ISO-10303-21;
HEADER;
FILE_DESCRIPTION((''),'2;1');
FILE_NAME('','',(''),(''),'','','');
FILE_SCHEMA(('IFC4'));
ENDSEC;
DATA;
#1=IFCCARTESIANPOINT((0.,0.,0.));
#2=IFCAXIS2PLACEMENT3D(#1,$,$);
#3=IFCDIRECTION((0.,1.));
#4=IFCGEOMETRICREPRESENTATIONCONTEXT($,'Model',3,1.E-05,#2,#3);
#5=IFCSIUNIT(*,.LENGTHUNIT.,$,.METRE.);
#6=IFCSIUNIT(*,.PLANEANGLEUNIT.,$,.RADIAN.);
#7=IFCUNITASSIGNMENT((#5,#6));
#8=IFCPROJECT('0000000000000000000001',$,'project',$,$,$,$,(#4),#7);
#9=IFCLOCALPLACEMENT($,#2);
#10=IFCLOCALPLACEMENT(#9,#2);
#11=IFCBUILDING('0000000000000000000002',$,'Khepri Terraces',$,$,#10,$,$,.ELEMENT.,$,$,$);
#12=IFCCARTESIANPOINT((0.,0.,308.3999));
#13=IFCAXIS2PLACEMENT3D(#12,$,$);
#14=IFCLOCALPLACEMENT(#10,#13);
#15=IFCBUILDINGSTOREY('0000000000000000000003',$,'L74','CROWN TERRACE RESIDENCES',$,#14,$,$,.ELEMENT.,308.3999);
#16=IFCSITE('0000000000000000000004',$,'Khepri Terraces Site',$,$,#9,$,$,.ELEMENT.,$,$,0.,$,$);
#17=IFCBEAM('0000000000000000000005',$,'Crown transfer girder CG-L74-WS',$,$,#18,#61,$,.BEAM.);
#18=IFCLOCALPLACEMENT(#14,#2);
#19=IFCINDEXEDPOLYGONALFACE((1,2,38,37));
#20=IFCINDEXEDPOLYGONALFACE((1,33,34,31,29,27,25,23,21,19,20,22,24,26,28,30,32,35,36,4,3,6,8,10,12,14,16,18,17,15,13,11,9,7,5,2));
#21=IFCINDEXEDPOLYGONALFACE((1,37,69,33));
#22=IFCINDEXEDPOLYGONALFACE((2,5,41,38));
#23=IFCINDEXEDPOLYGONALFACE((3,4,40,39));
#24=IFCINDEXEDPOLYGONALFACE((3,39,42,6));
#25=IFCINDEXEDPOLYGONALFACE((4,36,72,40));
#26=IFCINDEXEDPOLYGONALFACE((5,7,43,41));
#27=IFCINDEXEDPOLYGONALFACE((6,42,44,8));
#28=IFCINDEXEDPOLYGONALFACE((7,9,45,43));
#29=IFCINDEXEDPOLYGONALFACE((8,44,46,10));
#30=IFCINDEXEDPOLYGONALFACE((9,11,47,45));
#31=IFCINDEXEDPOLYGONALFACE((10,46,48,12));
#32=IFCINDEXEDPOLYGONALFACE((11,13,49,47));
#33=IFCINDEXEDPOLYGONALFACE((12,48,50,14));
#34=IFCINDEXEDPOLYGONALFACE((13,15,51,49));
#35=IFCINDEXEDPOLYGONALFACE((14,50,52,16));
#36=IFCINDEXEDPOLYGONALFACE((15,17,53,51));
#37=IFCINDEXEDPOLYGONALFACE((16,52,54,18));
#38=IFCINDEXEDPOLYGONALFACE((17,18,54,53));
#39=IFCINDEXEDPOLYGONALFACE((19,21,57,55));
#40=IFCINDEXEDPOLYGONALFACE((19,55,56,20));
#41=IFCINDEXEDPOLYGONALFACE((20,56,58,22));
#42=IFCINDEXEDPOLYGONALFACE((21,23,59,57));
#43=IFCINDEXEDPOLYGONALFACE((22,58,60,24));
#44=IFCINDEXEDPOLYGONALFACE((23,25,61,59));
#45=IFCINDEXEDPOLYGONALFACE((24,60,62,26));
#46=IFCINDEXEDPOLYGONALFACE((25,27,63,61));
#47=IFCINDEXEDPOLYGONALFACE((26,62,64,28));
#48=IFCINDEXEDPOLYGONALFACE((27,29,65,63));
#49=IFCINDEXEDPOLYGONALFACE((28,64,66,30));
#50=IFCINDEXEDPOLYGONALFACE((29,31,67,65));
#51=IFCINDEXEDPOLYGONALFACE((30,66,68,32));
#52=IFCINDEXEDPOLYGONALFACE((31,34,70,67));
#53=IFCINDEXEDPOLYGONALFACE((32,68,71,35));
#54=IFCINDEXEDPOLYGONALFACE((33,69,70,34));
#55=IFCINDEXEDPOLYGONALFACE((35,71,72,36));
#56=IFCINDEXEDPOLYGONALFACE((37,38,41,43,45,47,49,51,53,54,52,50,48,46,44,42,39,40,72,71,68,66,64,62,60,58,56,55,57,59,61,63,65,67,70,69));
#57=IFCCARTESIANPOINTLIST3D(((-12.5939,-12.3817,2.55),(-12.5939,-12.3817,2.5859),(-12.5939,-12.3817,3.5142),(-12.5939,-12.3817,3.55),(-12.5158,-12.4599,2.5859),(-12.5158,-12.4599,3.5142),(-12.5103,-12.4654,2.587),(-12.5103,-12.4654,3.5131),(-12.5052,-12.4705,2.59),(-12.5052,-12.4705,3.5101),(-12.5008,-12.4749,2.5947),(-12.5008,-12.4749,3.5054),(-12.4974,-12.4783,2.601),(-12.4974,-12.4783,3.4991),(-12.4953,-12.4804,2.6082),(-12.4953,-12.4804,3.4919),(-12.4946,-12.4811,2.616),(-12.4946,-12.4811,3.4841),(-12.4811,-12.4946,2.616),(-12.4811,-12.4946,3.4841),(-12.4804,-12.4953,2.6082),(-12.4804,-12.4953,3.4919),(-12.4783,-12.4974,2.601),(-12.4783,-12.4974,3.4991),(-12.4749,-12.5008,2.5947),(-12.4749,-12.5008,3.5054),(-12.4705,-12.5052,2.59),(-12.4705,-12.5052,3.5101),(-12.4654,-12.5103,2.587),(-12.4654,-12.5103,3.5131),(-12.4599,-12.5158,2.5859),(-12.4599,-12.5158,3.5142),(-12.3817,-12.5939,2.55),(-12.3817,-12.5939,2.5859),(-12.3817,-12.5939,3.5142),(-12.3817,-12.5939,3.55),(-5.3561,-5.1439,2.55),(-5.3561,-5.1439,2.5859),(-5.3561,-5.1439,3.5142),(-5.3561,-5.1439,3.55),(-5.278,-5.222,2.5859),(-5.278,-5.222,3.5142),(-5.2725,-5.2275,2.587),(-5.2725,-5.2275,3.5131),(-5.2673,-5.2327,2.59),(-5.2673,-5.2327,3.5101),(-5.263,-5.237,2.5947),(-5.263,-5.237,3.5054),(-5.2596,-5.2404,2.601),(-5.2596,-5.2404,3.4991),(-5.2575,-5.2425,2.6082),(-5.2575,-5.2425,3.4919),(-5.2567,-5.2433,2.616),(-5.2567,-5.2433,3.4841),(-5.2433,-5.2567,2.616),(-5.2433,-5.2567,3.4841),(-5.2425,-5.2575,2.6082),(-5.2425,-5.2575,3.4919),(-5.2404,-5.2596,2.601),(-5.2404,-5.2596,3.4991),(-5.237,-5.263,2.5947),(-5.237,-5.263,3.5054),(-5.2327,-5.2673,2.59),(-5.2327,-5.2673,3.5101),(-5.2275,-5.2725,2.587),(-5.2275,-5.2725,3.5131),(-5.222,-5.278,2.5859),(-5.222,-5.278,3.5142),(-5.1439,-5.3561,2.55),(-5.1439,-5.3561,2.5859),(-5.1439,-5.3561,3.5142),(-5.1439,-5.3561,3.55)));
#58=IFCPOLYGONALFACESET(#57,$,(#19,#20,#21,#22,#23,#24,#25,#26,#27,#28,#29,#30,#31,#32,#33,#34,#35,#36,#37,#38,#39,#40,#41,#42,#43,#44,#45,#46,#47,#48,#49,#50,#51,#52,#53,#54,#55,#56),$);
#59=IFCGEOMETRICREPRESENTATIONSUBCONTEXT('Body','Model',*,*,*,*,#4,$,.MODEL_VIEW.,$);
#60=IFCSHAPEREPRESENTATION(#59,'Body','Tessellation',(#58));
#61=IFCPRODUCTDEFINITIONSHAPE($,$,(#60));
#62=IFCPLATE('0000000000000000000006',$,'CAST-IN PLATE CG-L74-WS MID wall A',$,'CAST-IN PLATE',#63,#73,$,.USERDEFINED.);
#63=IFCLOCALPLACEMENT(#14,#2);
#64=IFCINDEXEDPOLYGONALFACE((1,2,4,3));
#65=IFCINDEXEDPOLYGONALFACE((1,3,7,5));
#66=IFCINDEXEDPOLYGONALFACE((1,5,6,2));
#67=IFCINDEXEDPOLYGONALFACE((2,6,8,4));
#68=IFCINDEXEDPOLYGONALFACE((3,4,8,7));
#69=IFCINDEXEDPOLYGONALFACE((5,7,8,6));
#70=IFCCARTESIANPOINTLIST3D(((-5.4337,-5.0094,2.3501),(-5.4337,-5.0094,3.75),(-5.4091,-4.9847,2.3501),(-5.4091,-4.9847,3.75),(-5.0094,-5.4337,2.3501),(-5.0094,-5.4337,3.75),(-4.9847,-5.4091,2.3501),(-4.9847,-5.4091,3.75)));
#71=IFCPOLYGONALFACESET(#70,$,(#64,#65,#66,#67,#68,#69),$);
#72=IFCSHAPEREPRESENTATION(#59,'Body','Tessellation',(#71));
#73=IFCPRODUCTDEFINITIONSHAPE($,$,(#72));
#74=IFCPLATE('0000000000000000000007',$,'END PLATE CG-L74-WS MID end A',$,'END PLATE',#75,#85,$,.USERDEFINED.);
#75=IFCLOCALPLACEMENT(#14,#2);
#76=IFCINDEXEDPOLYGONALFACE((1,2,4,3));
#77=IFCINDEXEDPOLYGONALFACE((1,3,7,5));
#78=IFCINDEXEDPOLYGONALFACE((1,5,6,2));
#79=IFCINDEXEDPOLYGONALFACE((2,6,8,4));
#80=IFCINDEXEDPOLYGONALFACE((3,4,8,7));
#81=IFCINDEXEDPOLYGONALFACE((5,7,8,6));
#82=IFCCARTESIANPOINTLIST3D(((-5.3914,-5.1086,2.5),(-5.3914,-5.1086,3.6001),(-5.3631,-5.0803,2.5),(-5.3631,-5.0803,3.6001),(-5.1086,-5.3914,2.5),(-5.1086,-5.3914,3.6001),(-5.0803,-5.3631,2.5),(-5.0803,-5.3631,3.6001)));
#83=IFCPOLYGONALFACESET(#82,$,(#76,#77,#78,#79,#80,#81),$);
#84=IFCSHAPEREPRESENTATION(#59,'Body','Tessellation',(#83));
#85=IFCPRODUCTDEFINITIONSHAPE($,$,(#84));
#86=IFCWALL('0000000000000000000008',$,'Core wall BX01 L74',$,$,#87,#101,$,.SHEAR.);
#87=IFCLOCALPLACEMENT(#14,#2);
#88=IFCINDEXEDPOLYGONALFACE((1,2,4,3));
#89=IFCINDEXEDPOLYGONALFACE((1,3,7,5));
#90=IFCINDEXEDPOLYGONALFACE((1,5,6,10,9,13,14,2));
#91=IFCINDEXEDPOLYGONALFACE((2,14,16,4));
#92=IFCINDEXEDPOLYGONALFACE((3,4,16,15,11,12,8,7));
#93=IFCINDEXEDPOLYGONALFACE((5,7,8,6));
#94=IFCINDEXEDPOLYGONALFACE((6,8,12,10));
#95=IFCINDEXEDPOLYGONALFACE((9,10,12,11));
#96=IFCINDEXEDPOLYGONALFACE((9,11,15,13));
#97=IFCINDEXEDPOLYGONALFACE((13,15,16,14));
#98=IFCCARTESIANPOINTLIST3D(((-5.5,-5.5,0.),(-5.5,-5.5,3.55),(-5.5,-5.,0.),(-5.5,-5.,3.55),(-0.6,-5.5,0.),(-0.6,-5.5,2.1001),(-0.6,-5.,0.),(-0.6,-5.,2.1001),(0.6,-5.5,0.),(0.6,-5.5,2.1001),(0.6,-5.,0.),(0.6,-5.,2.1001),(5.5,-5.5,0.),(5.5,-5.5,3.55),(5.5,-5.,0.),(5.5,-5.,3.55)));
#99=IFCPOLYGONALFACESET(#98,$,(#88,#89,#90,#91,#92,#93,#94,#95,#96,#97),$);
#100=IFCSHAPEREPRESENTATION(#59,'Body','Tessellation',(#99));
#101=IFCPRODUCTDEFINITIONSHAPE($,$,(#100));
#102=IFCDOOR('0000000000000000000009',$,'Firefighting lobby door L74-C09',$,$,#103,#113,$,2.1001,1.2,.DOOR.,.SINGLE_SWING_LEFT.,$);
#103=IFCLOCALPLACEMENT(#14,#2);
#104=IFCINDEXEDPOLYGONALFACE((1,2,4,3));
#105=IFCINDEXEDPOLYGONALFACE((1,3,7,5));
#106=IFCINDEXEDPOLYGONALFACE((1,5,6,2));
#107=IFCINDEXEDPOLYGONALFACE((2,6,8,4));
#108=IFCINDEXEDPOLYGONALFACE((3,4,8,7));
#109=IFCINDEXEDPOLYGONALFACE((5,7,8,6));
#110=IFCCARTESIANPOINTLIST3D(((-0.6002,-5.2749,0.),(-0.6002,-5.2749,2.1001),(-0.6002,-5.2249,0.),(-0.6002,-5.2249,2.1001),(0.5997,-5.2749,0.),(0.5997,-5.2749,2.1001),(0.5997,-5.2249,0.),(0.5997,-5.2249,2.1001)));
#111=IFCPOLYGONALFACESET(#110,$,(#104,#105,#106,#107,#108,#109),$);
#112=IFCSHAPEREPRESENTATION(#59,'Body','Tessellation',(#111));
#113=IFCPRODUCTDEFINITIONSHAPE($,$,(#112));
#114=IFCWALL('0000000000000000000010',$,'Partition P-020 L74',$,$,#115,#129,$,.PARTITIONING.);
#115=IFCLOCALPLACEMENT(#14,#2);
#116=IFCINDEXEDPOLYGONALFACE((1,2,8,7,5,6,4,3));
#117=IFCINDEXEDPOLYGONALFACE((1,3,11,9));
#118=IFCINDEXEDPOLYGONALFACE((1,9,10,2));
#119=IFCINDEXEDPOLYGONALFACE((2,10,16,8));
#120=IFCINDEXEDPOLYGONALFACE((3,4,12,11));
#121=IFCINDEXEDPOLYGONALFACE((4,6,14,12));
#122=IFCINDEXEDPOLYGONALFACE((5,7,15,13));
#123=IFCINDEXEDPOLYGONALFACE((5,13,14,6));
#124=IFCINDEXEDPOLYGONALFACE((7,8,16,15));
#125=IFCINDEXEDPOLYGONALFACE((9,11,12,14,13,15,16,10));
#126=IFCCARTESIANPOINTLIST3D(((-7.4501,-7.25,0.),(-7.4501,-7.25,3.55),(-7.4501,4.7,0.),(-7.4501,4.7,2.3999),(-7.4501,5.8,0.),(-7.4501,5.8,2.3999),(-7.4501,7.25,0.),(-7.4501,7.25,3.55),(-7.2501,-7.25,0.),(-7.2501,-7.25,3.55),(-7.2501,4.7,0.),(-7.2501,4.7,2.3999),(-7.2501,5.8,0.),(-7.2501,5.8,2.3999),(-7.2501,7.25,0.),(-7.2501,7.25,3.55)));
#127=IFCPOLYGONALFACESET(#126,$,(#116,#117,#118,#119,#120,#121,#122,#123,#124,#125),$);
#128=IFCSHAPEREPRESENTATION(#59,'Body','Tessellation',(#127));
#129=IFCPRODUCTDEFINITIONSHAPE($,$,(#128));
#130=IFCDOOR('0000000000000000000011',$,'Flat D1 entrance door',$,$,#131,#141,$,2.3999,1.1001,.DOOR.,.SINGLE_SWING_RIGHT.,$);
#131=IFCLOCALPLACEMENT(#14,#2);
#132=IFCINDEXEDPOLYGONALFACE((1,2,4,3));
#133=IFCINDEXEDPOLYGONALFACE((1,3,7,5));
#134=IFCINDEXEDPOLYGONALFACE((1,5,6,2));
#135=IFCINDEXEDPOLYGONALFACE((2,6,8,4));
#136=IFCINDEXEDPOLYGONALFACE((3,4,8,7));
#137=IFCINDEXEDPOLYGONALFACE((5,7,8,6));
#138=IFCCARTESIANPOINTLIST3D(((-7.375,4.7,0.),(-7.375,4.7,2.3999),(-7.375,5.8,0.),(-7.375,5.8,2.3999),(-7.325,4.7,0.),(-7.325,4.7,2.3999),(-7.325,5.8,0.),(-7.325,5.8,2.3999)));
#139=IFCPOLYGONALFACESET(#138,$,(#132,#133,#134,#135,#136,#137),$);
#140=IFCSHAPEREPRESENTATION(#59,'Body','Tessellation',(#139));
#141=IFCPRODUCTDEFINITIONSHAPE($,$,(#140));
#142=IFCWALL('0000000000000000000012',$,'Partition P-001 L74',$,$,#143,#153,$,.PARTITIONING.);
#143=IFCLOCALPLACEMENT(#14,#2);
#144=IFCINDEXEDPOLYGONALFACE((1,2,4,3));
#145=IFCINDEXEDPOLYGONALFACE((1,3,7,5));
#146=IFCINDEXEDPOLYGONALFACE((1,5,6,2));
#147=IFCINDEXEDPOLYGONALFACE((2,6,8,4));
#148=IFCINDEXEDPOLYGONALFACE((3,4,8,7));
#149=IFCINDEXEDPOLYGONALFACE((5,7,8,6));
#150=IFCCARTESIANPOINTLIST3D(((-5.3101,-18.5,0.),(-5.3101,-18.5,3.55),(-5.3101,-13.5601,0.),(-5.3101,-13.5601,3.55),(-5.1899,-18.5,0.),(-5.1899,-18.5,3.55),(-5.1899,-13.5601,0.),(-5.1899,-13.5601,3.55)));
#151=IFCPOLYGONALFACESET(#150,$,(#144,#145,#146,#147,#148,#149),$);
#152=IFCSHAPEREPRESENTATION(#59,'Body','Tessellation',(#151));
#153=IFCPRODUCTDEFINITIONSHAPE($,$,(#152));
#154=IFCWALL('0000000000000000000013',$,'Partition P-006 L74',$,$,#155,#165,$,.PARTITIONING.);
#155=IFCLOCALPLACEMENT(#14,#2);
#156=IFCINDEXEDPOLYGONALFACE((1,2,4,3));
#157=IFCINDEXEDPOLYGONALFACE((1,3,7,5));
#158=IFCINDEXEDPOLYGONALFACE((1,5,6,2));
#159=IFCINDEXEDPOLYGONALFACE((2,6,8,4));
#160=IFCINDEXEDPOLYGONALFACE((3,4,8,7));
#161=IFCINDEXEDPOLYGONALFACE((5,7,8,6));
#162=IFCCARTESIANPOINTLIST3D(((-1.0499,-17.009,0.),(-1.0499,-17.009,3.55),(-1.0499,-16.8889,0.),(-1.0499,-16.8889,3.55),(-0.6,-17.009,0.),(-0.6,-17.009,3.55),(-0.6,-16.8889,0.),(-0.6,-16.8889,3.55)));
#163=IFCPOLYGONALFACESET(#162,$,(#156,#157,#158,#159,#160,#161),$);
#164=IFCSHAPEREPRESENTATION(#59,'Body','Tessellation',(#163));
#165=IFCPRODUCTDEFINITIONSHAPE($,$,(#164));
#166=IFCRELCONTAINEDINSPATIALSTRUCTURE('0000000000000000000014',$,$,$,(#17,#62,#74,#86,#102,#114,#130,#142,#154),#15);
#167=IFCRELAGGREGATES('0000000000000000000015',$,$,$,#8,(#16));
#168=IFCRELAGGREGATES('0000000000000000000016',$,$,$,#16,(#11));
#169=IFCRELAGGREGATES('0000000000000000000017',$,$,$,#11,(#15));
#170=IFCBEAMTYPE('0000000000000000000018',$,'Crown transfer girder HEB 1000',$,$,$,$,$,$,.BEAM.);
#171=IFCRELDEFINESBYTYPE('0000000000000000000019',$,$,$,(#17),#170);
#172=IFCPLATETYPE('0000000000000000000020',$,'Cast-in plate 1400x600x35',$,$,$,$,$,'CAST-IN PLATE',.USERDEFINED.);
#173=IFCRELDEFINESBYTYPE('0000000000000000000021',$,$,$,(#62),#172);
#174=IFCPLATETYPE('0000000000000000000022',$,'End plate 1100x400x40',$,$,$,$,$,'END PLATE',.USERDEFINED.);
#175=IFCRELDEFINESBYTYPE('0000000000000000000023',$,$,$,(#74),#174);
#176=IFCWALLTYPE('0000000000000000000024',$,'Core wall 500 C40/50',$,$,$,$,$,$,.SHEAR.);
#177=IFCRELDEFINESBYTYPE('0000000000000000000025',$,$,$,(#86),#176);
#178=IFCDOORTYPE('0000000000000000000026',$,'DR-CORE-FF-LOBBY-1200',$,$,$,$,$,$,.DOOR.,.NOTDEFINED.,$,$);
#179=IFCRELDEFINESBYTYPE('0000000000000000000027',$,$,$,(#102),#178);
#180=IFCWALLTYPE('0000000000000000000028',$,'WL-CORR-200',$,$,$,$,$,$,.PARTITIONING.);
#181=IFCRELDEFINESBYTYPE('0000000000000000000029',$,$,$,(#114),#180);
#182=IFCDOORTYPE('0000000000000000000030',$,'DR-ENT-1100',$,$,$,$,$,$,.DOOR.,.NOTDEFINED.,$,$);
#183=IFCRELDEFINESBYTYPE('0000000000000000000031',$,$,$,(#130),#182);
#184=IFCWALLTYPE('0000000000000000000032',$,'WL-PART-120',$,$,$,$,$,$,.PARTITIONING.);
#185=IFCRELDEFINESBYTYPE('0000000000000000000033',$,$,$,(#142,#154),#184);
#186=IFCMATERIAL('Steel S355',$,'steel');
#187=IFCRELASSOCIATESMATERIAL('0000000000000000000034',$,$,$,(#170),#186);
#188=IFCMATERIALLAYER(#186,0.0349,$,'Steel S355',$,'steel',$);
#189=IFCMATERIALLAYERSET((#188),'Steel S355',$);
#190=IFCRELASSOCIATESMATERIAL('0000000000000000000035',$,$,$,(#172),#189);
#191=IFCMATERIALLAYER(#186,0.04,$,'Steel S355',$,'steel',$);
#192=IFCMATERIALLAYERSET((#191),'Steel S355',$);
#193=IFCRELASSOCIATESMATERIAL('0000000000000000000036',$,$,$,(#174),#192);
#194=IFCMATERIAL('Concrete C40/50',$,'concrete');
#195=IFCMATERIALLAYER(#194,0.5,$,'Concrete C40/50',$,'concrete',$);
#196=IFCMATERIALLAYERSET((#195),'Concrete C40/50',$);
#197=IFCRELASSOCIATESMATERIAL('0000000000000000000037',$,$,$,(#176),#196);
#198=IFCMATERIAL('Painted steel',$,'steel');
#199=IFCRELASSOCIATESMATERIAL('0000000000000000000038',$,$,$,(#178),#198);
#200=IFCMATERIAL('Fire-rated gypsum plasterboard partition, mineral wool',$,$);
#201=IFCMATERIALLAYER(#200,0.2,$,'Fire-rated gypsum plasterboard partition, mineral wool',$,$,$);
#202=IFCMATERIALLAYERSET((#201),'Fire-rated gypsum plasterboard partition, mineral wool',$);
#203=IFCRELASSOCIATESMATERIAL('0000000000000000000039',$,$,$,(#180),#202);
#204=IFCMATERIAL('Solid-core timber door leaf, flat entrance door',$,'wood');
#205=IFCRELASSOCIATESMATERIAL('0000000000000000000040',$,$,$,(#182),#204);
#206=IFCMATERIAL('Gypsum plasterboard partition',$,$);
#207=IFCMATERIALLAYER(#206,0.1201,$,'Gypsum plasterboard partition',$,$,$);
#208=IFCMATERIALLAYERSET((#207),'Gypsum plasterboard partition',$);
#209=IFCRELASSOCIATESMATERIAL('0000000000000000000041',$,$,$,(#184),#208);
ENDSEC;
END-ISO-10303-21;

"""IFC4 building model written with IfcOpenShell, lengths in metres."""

from ifc_helpers import new_model, si_unit, direction, frame, frame_2d, origin, origin_2d, place, context, subcontext, project, spatial, rectangle, i_section, extrude, material, layer, layer_set, material_profile, profile_set, type_object, element, fill, save


model = new_model("IFC4")

# Units and contexts
model_context = context("Model", 3, precision=1e-05, world=origin(), true_north=direction((0.0, 1.0)))
body_context = subcontext(model_context, "Body", "Model", "MODEL_VIEW")
ifc_project = project(units=[si_unit("LENGTHUNIT", "METRE"), si_unit("PLANEANGLEUNIT", "RADIAN")], contexts=[model_context])

# Site, building, storey
site_placement = place(None, origin())
site = spatial("IfcSite", under=ifc_project, at=site_placement, Name="Khepri Terraces Site", CompositionType="ELEMENT", RefElevation=0.0)
building_placement = place(site_placement, origin())
building = spatial("IfcBuilding", under=site, at=building_placement, Name="Khepri Terraces", CompositionType="ELEMENT")
storey_placement = place(building_placement, frame((0.0, 0.0, 308.3999)))
storey = spatial("IfcBuildingStorey", under=building, at=storey_placement, Name="L74", Description="CROWN TERRACE RESIDENCES", CompositionType="ELEMENT", Elevation=308.3999)

# Beam
ifc_material_1 = material(Name="Steel S355", Category="steel")
ifc_material_profile = material_profile(ifc_material_1, i_section(OverallWidth=0.3, OverallDepth=1.0, WebThickness=0.019, FlangeThickness=0.0359, FilletRadius=0.03, at=origin_2d()), Name="Steel S355", Category="steel")
ifc_profile_set = profile_set([ifc_material_profile], Name="Steel S355")
beam_type = type_object("IfcBeamType", Name="Crown transfer girder HEB 1000", PredefinedType="BEAM", material=ifc_profile_set)
beam_placement = place(storey_placement, frame((-5.25, -5.25, 3.05), z_axis=(-0.707107, -0.707107, 0.0), x_axis=(0.707107, -0.707107, 0.0)))
element("IfcBeam", 1, at=beam_placement, inside=storey, type_object=beam_type, Name="Crown transfer girder CG-L74-WS", PredefinedType="BEAM", context=body_context, shape_type="SweptSolid", body=[
    extrude(i_section(OverallWidth=0.3, OverallDepth=1.0, WebThickness=0.019, FlangeThickness=0.0359, FilletRadius=0.03, at=origin_2d()), origin(), (0.0, 0.0, 1.0), 10.2358),
])

# Plates
ifc_layer_1 = layer(ifc_material_1, 0.0349, Name="Steel S355", Category="steel")
ifc_layer_set_1 = layer_set([ifc_layer_1], Name="Steel S355")
plate_type_1 = type_object("IfcPlateType", Name="Cast-in plate 1400x600x35", ElementType="CAST-IN PLATE", PredefinedType="USERDEFINED", material=ifc_layer_set_1)
plate_1_placement = place(storey_placement, frame((-5.2092, -5.2092, 2.3501), z_axis=(0.0, 0.0, 1.0), x_axis=(-0.707107, -0.707107, 0.0)))
element("IfcPlate", 2, at=plate_1_placement, inside=storey, type_object=plate_type_1, Name="CAST-IN PLATE CG-L74-WS MID wall A", ObjectType="CAST-IN PLATE", PredefinedType="USERDEFINED", context=body_context, shape_type="SweptSolid", body=[
    extrude(rectangle(XDim=0.0349, YDim=0.6001, at=origin_2d()), origin(), (0.0, 0.0, 1.0), 1.3999),
])
ifc_layer_2 = layer(ifc_material_1, 0.04, Name="Steel S355", Category="steel")
ifc_layer_set_2 = layer_set([ifc_layer_2], Name="Steel S355")
plate_type_2 = type_object("IfcPlateType", Name="End plate 1100x400x40", ElementType="END PLATE", PredefinedType="USERDEFINED", material=ifc_layer_set_2)
plate_2_placement = place(storey_placement, frame((-5.2358, -5.2358, 2.5), z_axis=(0.0, 0.0, 1.0), x_axis=(-0.707107, -0.707107, 0.0)))
element("IfcPlate", 3, at=plate_2_placement, inside=storey, type_object=plate_type_2, Name="END PLATE CG-L74-WS MID end A", ObjectType="END PLATE", PredefinedType="USERDEFINED", context=body_context, shape_type="SweptSolid", body=[
    extrude(rectangle(XDim=0.04, YDim=0.3999, at=origin_2d()), origin(), (0.0, 0.0, 1.0), 1.1001),
])

# Walls, openings, doors
ifc_material_2 = material(Name="Concrete C40/50", Category="concrete")
ifc_layer_3 = layer(ifc_material_2, 0.5, Name="Concrete C40/50", Category="concrete")
ifc_layer_set_3 = layer_set([ifc_layer_3], Name="Concrete C40/50")
wall_type_1 = type_object("IfcWallType", Name="Core wall 500 C40/50", PredefinedType="SHEAR", material=ifc_layer_set_3)
wall_1_placement = place(storey_placement, frame((-5.5, -5.25, 0.0), z_axis=(0.0, 0.0, 1.0), x_axis=(1.0, 0.0, 0.0)))
wall_1 = element("IfcWall", 4, at=wall_1_placement, inside=storey, type_object=wall_type_1, Name="Core wall BX01 L74", PredefinedType="SHEAR", context=body_context, shape_type="SweptSolid", body=[
    extrude(rectangle(XDim=11.0, YDim=0.5, at=frame_2d((5.5, 0.0))), origin(), (0.0, 0.0, 1.0), 3.55),
])
opening_1_placement = place(wall_1_placement, frame((4.8999, 0.0, 0.0)))
opening_1 = element("IfcOpeningElement", 5, at=opening_1_placement, cuts=wall_1, PredefinedType="OPENING", context=body_context, shape_type="SweptSolid", body=[
    extrude(rectangle(XDim=1.2, YDim=2.1001, at=frame_2d((0.6001, 1.05))), frame((0.0, 0.26, 0.0), z_axis=(0.0, -1.0, 0.0), x_axis=(1.0, 0.0, 0.0)), (0.0, 0.0, 1.0), 0.52),
])
ifc_material_3 = material(Name="Painted steel", Category="steel")
door_type_1 = type_object("IfcDoorType", Name="DR-CORE-FF-LOBBY-1200", OperationType="NOTDEFINED", PredefinedType="DOOR", material=ifc_material_3)
door_1_placement = place(opening_1_placement, frame((1.2, 0.0, 0.0), z_axis=(0.0, 0.0, 1.0), x_axis=(-1.0, 0.0, 0.0)))
door_1 = element("IfcDoor", 6, at=door_1_placement, inside=storey, type_object=door_type_1, Name="Firefighting lobby door L74-C09", OperationType="SINGLE_SWING_LEFT", OverallHeight=2.1001, OverallWidth=1.2, PredefinedType="DOOR", context=body_context, shape_type="SweptSolid", body=[
    extrude(rectangle(XDim=1.2, YDim=2.1001, at=frame_2d((0.6001, 1.05))), frame((0.0, 0.0249, 0.0), z_axis=(0.0, -1.0, 0.0), x_axis=(1.0, 0.0, 0.0)), (0.0, 0.0, 1.0), 0.05),
])
fill(opening_1, door_1)
ifc_material_4 = material(Name="Fire-rated gypsum plasterboard partition, mineral wool")
ifc_layer_4 = layer(ifc_material_4, 0.2, Name="Fire-rated gypsum plasterboard partition, mineral wool")
ifc_layer_set_4 = layer_set([ifc_layer_4], Name="Fire-rated gypsum plasterboard partition, mineral wool")
wall_type_2 = type_object("IfcWallType", Name="WL-CORR-200", PredefinedType="PARTITIONING", material=ifc_layer_set_4)
wall_2_placement = place(storey_placement, frame((-7.3501, -7.25, 0.0), z_axis=(0.0, 0.0, 1.0), x_axis=(0.0, 1.0, 0.0)))
wall_2 = element("IfcWall", 7, at=wall_2_placement, inside=storey, type_object=wall_type_2, Name="Partition P-020 L74", PredefinedType="PARTITIONING", context=body_context, shape_type="SweptSolid", body=[
    extrude(rectangle(XDim=14.5, YDim=0.2, at=frame_2d((7.25, 0.0))), origin(), (0.0, 0.0, 1.0), 3.55),
])
opening_2_placement = place(wall_2_placement, frame((11.95, 0.0, 0.0)))
opening_2 = element("IfcOpeningElement", 8, at=opening_2_placement, cuts=wall_2, PredefinedType="OPENING", context=body_context, shape_type="SweptSolid", body=[
    extrude(rectangle(XDim=1.1001, YDim=2.3999, at=frame_2d((0.55, 1.2))), frame((0.0, 0.1099, 0.0), z_axis=(0.0, -1.0, 0.0), x_axis=(1.0, 0.0, 0.0)), (0.0, 0.0, 1.0), 0.22),
])
ifc_material_5 = material(Name="Solid-core timber door leaf, flat entrance door", Category="wood")
door_type_2 = type_object("IfcDoorType", Name="DR-ENT-1100", OperationType="NOTDEFINED", PredefinedType="DOOR", material=ifc_material_5)
door_2_placement = place(opening_2_placement, origin())
door_2 = element("IfcDoor", 9, at=door_2_placement, inside=storey, type_object=door_type_2, Name="Flat D1 entrance door", OperationType="SINGLE_SWING_RIGHT", OverallHeight=2.3999, OverallWidth=1.1001, PredefinedType="DOOR", context=body_context, shape_type="SweptSolid", body=[
    extrude(rectangle(XDim=1.1001, YDim=2.3999, at=frame_2d((0.55, 1.2))), frame((0.0, 0.0249, 0.0), z_axis=(0.0, -1.0, 0.0), x_axis=(1.0, 0.0, 0.0)), (0.0, 0.0, 1.0), 0.05),
])
fill(opening_2, door_2)

# Walls
ifc_material_6 = material(Name="Gypsum plasterboard partition")
ifc_layer_5 = layer(ifc_material_6, 0.1201, Name="Gypsum plasterboard partition")
ifc_layer_set_5 = layer_set([ifc_layer_5], Name="Gypsum plasterboard partition")
wall_type_3 = type_object("IfcWallType", Name="WL-PART-120", PredefinedType="PARTITIONING", material=ifc_layer_set_5)
wall_3_placement = place(storey_placement, frame((-5.25, -18.5, 0.0), z_axis=(0.0, 0.0, 1.0), x_axis=(0.0, 1.0, 0.0)))
element("IfcWall", 10, at=wall_3_placement, inside=storey, type_object=wall_type_3, Name="Partition P-001 L74", PredefinedType="PARTITIONING", context=body_context, shape_type="SweptSolid", body=[
    extrude(rectangle(XDim=4.9399, YDim=0.1201, at=frame_2d((2.47, 0.0))), origin(), (0.0, 0.0, 1.0), 3.55),
])
wall_4_placement = place(storey_placement, frame((-1.05, -16.949, 0.0), z_axis=(0.0, 0.0, 1.0), x_axis=(1.0, 0.0, 0.0)))
element("IfcWall", 11, at=wall_4_placement, inside=storey, type_object=wall_type_3, Name="Partition P-006 L74", PredefinedType="PARTITIONING", context=body_context, shape_type="SweptSolid", body=[
    extrude(rectangle(XDim=0.45, YDim=0.1201, at=frame_2d((0.2251, 0.0))), origin(), (0.0, 0.0, 1.0), 3.55),
])

save(model, "model.ifc")
